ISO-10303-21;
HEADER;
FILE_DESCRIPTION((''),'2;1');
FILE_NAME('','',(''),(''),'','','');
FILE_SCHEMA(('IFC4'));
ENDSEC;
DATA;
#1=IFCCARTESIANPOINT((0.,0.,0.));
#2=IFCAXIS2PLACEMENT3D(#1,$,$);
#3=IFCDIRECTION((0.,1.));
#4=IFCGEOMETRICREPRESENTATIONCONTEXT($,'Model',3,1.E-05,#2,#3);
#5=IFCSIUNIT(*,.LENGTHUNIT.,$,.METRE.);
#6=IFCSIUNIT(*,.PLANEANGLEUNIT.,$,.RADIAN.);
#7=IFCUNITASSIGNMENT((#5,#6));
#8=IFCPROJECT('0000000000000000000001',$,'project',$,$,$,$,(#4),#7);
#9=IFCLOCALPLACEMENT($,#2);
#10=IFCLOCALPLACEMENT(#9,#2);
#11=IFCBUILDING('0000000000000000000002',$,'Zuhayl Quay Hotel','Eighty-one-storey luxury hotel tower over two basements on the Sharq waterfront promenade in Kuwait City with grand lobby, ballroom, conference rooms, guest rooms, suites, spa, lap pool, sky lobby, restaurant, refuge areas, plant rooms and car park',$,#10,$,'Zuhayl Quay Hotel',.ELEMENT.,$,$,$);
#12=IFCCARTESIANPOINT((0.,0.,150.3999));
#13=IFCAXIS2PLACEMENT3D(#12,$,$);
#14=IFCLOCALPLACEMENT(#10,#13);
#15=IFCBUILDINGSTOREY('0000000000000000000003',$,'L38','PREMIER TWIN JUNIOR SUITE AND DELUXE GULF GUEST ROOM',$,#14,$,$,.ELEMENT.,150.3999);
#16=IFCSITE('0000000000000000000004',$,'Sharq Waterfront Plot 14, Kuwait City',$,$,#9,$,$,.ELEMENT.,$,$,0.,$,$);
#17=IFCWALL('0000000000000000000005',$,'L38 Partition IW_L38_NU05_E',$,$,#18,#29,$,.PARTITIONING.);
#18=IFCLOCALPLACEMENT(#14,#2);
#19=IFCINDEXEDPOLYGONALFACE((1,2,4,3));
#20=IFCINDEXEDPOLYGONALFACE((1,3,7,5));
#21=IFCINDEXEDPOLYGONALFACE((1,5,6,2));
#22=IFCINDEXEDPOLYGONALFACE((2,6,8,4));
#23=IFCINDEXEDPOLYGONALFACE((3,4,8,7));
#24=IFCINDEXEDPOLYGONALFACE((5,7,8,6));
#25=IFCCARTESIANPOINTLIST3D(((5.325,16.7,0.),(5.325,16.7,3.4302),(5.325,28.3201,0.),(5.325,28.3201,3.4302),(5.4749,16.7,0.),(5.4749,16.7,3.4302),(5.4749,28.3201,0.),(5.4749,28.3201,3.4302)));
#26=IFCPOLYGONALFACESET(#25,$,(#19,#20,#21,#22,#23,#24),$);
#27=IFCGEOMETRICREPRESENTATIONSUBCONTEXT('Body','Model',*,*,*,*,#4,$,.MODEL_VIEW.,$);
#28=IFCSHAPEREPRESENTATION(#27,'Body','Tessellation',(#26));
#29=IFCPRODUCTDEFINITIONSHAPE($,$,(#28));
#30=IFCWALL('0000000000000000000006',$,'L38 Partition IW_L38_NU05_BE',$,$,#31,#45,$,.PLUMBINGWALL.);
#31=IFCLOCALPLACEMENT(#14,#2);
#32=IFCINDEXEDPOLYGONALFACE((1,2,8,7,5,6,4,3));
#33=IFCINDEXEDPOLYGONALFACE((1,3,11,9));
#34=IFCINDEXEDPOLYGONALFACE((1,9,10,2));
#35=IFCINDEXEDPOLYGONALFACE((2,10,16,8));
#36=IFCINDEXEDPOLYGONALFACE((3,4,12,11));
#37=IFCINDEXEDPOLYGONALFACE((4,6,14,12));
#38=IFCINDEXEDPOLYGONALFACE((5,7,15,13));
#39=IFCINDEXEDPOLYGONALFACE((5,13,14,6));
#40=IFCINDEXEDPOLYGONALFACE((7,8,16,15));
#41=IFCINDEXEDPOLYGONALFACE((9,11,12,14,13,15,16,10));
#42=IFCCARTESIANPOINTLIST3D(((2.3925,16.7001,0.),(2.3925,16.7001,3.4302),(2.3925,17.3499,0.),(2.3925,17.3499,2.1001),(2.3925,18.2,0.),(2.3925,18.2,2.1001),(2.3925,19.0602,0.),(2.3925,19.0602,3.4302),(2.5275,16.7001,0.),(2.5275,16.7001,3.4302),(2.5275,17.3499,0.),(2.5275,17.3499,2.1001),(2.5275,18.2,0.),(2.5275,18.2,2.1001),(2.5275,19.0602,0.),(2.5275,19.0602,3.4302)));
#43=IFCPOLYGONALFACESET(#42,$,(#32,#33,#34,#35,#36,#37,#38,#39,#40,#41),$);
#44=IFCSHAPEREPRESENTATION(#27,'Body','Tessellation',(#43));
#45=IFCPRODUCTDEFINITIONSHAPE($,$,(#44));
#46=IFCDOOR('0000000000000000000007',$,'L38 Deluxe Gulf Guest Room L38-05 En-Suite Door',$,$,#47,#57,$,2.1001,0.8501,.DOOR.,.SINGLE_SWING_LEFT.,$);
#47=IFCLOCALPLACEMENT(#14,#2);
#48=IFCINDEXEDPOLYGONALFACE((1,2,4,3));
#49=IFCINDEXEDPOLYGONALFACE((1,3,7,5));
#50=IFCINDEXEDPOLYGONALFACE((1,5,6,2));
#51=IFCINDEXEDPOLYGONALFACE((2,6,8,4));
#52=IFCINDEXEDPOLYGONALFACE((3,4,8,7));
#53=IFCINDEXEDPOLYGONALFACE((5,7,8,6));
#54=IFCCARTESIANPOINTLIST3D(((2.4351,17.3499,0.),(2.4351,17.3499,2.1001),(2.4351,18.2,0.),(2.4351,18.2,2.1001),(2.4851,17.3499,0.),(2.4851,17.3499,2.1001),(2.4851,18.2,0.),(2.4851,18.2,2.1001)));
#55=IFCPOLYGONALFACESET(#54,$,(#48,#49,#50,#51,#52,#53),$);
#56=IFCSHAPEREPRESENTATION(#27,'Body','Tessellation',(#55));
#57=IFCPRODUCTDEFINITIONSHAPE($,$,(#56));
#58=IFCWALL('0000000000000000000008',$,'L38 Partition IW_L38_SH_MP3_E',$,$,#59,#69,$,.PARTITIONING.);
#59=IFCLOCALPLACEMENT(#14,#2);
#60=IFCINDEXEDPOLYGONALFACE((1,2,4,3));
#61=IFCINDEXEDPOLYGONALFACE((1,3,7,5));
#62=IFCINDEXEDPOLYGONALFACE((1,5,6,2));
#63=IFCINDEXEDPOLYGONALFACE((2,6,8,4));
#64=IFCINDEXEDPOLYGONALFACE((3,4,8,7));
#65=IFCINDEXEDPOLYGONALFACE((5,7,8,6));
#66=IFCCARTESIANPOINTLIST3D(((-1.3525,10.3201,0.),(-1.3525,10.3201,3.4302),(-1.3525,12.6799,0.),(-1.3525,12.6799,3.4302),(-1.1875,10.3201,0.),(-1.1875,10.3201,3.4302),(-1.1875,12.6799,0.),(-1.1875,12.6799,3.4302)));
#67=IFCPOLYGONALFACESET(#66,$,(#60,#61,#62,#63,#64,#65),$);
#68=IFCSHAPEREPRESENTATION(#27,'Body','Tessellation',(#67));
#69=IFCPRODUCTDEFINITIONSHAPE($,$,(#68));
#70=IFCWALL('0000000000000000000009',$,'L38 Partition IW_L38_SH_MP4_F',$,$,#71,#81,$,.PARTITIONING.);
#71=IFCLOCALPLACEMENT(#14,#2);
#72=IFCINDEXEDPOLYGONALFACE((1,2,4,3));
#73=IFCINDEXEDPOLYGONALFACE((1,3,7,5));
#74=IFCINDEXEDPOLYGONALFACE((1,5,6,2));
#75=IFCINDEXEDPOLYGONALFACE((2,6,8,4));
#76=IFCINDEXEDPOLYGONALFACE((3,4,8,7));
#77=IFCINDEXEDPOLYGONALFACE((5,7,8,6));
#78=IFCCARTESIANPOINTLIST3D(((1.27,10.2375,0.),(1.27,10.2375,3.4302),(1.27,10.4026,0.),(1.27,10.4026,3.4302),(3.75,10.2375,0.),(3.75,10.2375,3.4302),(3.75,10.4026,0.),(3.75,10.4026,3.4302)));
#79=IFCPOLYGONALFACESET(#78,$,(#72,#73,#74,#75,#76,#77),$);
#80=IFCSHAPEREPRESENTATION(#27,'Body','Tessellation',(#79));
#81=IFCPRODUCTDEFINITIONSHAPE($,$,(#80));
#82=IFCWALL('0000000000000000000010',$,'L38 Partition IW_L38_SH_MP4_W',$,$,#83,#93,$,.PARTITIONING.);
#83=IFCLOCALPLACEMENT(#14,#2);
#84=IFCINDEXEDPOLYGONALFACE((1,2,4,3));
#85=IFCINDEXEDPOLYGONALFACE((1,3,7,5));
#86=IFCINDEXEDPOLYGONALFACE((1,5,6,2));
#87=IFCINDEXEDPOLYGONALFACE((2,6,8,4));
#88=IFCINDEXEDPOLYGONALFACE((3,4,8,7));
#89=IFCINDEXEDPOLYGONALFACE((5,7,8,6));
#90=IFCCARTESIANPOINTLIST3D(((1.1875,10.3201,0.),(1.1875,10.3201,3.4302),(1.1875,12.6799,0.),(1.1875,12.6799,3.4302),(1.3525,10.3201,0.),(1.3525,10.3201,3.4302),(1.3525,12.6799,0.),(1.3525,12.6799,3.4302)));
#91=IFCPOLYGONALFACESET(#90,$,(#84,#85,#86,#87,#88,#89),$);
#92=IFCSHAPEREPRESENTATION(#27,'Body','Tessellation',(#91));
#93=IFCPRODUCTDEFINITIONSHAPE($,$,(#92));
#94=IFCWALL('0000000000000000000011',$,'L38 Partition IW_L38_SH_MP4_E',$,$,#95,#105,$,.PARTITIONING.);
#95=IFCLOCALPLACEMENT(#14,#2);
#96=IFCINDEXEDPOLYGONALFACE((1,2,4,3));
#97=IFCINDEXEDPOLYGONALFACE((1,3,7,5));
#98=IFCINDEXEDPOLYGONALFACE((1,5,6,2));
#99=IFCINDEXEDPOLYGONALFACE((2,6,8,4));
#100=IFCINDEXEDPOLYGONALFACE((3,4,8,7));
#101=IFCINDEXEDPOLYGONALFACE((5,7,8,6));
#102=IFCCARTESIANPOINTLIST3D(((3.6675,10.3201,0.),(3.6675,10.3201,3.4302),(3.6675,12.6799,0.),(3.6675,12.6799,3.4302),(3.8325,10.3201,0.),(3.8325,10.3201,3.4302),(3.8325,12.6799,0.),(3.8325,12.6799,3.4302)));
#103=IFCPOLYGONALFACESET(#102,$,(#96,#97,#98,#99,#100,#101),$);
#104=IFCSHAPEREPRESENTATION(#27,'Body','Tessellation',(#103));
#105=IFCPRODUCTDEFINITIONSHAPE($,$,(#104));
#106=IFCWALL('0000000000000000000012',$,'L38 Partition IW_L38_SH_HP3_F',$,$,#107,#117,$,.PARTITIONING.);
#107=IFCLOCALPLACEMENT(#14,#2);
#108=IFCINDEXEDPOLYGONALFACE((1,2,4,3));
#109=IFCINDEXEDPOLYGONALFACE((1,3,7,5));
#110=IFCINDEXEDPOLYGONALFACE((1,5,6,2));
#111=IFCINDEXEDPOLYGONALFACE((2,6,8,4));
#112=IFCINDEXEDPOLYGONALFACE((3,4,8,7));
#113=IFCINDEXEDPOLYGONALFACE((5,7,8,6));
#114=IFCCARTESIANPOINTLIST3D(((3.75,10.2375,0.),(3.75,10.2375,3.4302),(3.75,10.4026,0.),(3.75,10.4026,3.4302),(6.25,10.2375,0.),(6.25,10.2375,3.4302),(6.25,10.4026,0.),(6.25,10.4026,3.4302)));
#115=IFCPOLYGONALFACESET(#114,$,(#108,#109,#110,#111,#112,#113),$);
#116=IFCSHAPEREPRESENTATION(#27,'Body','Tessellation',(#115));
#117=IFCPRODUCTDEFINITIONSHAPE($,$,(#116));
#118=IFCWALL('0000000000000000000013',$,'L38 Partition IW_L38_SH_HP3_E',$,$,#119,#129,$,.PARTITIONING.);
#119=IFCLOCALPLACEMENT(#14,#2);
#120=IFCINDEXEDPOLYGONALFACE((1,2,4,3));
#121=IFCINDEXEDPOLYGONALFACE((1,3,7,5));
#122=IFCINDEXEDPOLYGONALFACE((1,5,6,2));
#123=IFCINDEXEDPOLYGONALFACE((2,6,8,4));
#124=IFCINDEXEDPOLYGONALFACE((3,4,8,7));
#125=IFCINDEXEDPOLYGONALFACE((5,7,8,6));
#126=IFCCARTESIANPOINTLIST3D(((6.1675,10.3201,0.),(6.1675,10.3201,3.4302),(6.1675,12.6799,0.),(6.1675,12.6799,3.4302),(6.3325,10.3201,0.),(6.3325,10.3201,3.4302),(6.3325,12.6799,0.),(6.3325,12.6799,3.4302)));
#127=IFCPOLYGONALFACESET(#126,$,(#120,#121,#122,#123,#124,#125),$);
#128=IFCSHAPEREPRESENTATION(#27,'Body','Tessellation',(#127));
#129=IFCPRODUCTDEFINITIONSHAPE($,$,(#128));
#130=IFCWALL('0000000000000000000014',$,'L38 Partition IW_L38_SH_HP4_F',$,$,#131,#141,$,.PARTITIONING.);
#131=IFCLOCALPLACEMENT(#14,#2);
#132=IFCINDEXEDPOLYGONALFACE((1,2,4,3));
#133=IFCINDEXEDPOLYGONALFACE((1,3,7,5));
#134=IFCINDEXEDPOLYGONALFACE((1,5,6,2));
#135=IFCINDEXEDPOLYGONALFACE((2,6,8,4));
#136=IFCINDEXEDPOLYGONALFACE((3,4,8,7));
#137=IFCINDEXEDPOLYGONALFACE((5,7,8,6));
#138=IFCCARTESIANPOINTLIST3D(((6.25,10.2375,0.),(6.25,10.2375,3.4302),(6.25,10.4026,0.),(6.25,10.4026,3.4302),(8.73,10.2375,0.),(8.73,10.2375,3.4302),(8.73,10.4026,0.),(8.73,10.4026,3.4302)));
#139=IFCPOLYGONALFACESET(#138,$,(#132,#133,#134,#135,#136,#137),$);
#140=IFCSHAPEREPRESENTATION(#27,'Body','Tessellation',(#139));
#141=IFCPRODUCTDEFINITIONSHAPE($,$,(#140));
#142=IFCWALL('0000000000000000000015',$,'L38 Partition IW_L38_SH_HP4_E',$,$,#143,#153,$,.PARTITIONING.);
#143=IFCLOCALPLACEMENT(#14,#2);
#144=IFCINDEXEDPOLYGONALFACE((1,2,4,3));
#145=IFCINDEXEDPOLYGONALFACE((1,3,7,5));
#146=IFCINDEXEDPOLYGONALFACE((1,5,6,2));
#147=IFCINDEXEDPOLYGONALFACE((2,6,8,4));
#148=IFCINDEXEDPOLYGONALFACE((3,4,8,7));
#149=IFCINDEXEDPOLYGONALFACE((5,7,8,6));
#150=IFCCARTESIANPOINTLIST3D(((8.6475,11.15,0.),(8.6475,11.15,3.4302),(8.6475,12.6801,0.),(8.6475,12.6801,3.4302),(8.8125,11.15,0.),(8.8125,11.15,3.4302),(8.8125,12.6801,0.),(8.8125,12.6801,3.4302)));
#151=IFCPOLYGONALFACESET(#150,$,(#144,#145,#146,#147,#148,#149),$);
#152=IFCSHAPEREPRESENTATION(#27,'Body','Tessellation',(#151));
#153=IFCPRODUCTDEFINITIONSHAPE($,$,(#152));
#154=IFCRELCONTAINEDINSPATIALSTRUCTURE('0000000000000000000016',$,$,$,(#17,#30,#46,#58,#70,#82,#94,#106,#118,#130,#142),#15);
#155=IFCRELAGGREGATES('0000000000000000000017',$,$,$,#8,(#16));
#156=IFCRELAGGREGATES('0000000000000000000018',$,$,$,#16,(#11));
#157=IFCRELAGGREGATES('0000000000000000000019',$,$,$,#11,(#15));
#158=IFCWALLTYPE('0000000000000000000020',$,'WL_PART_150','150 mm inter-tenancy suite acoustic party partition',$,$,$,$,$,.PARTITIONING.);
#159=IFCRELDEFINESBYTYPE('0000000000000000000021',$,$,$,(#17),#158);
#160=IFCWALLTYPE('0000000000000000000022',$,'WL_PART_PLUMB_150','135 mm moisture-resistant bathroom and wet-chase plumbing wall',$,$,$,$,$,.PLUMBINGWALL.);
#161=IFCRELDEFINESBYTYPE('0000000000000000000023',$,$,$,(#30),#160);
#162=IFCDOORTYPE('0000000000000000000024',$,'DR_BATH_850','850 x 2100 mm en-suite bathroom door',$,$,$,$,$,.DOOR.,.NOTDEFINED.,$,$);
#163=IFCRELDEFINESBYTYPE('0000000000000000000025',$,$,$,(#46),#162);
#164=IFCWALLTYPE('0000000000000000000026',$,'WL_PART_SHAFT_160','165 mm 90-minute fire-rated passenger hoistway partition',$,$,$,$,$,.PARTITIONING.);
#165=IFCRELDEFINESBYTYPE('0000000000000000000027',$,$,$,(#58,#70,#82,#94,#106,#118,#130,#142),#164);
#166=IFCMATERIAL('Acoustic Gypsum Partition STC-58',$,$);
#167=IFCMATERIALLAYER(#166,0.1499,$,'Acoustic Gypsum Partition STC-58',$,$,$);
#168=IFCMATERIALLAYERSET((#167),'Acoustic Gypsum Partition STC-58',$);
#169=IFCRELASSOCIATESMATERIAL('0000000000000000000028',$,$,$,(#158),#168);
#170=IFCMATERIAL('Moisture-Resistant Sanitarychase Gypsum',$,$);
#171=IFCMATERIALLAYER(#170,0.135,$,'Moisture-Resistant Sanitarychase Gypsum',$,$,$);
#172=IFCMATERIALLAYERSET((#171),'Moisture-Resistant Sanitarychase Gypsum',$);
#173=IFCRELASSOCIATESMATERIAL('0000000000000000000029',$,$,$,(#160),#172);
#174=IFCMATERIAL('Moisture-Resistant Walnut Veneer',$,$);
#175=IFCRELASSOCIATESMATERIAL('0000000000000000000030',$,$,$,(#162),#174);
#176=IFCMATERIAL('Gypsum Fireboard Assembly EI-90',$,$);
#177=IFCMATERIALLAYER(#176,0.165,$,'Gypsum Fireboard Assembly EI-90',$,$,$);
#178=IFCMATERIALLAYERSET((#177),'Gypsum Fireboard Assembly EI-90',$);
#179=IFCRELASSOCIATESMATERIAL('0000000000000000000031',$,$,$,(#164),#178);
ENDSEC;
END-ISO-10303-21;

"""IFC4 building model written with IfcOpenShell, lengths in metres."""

from ifc_helpers import new_model, si_unit, direction, frame, frame_2d, origin, place, context, subcontext, project, spatial, rectangle, extrude, material, layer, layer_set, type_object, element, fill, save


model = new_model("IFC4")

# Units and contexts
model_context = context("Model", 3, precision=1e-05, world=origin(), true_north=direction((0.0, 1.0)))
body_context = subcontext(model_context, "Body", "Model", "MODEL_VIEW")
ifc_project = project(units=[si_unit("LENGTHUNIT", "METRE"), si_unit("PLANEANGLEUNIT", "RADIAN")], contexts=[model_context])

# Site, building, storey
site_placement = place(None, origin())
site = spatial("IfcSite", under=ifc_project, at=site_placement, Name="Sharq Waterfront Plot 14, Kuwait City", CompositionType="ELEMENT", RefElevation=0.0)
building_placement = place(site_placement, origin())
building = spatial("IfcBuilding", under=site, at=building_placement, Name="Zuhayl Quay Hotel", Description="Eighty-one-storey luxury hotel tower over two basements on the Sharq waterfront promenade in Kuwait City with grand lobby, ballroom, conference rooms, guest rooms, suites, spa, lap pool, sky lobby, restaurant, refuge areas, plant rooms and car park", LongName="Zuhayl Quay Hotel", CompositionType="ELEMENT")
storey_placement = place(building_placement, frame((0.0, 0.0, 150.3999)))
storey = spatial("IfcBuildingStorey", under=building, at=storey_placement, Name="L38", Description="PREMIER TWIN JUNIOR SUITE AND DELUXE GULF GUEST ROOM", CompositionType="ELEMENT", Elevation=150.3999)

# Shared definitions
ifc_material_1 = material(Name="Acoustic Gypsum Partition STC-58")
ifc_layer_1 = layer(ifc_material_1, 0.1499, Name="Acoustic Gypsum Partition STC-58")
ifc_layer_set_1 = layer_set([ifc_layer_1], Name="Acoustic Gypsum Partition STC-58")
wall_type_1 = type_object("IfcWallType", Name="WL_PART_150", Description="150 mm inter-tenancy suite acoustic party partition", PredefinedType="PARTITIONING", material=ifc_layer_set_1)

# Wall
for number, where, z_axis, x_axis, name in (
    (1, (5.3999, 16.7, 0.0), (0.0, 0.0, 1.0), (0.0, 1.0, 0.0), "L38 Partition IW_L38_NU05_E"),
):
    element("IfcWall", number, at=place(storey_placement, frame(where, z_axis=z_axis, x_axis=x_axis)), inside=storey, type_object=wall_type_1, Name=name, PredefinedType="PARTITIONING", context=body_context, shape_type="SweptSolid", body=[
        extrude(rectangle(XDim=11.6201, YDim=0.1499, at=frame_2d((5.8101, 0.0))), origin(), (0.0, 0.0, 1.0), 3.4302),
    ])

# Wall, opening, door
ifc_material_2 = material(Name="Moisture-Resistant Sanitarychase Gypsum")
ifc_layer_2 = layer(ifc_material_2, 0.135, Name="Moisture-Resistant Sanitarychase Gypsum")
ifc_layer_set_2 = layer_set([ifc_layer_2], Name="Moisture-Resistant Sanitarychase Gypsum")
wall_type_2 = type_object("IfcWallType", Name="WL_PART_PLUMB_150", Description="135 mm moisture-resistant bathroom and wet-chase plumbing wall", PredefinedType="PLUMBINGWALL", material=ifc_layer_set_2)
wall_1_placement = place(storey_placement, frame((2.46, 16.7, 0.0), z_axis=(0.0, 0.0, 1.0), x_axis=(0.0, 1.0, 0.0)))
wall_1 = element("IfcWall", 2, at=wall_1_placement, inside=storey, type_object=wall_type_2, Name="L38 Partition IW_L38_NU05_BE", PredefinedType="PLUMBINGWALL", context=body_context, shape_type="SweptSolid", body=[
    extrude(rectangle(XDim=2.3601, YDim=0.135, at=frame_2d((1.1802, 0.0))), origin(), (0.0, 0.0, 1.0), 3.4302),
])
opening_1_placement = place(wall_1_placement, frame((0.6499, 0.0, 0.0)))
opening_1 = element("IfcOpeningElement", 3, at=opening_1_placement, cuts=wall_1, PredefinedType="OPENING", context=body_context, shape_type="SweptSolid", body=[
    extrude(rectangle(XDim=0.8501, YDim=2.1001, at=frame_2d((0.425, 1.05))), frame((0.0, 0.0774, 0.0), z_axis=(0.0, -1.0, 0.0), x_axis=(1.0, 0.0, 0.0)), (0.0, 0.0, 1.0), 0.155),
])
ifc_material_3 = material(Name="Moisture-Resistant Walnut Veneer")
door_type_1 = type_object("IfcDoorType", Name="DR_BATH_850", Description="850 x 2100 mm en-suite bathroom door", OperationType="NOTDEFINED", PredefinedType="DOOR", material=ifc_material_3)
door_1_placement = place(opening_1_placement, origin())
door_1 = element("IfcDoor", 4, at=door_1_placement, inside=storey, type_object=door_type_1, Name="L38 Deluxe Gulf Guest Room L38-05 En-Suite Door", OperationType="SINGLE_SWING_LEFT", OverallHeight=2.1001, OverallWidth=0.8501, PredefinedType="DOOR", context=body_context, shape_type="SweptSolid", body=[
    extrude(rectangle(XDim=0.8501, YDim=2.1001, at=frame_2d((0.425, 1.05))), frame((0.0, 0.0249, 0.0), z_axis=(0.0, -1.0, 0.0), x_axis=(1.0, 0.0, 0.0)), (0.0, 0.0, 1.0), 0.05),
])
fill(opening_1, door_1)

# Walls
ifc_material_4 = material(Name="Gypsum Fireboard Assembly EI-90")
ifc_layer_3 = layer(ifc_material_4, 0.165, Name="Gypsum Fireboard Assembly EI-90")
ifc_layer_set_3 = layer_set([ifc_layer_3], Name="Gypsum Fireboard Assembly EI-90")
wall_type_3 = type_object("IfcWallType", Name="WL_PART_SHAFT_160", Description="165 mm 90-minute fire-rated passenger hoistway partition", PredefinedType="PARTITIONING", material=ifc_layer_set_3)
wall_2_placement = place(storey_placement, frame((-1.27, 10.3201, 0.0), z_axis=(0.0, 0.0, 1.0), x_axis=(0.0, 1.0, 0.0)))
element("IfcWall", 5, at=wall_2_placement, inside=storey, type_object=wall_type_3, Name="L38 Partition IW_L38_SH_MP3_E", PredefinedType="PARTITIONING", context=body_context, shape_type="SweptSolid", body=[
    extrude(rectangle(XDim=2.3599, YDim=0.165, at=frame_2d((1.1799, 0.0))), origin(), (0.0, 0.0, 1.0), 3.4302),
])
wall_3_placement = place(storey_placement, frame((1.27, 10.3201, 0.0), z_axis=(0.0, 0.0, 1.0), x_axis=(1.0, 0.0, 0.0)))
element("IfcWall", 6, at=wall_3_placement, inside=storey, type_object=wall_type_3, Name="L38 Partition IW_L38_SH_MP4_F", PredefinedType="PARTITIONING", context=body_context, shape_type="SweptSolid", body=[
    extrude(rectangle(XDim=2.48, YDim=0.165, at=frame_2d((1.24, 0.0))), origin(), (0.0, 0.0, 1.0), 3.4302),
])
for number, where, z_axis, x_axis, name in (
    (7, (1.27, 10.3201, 0.0), (0.0, 0.0, 1.0), (0.0, 1.0, 0.0), "L38 Partition IW_L38_SH_MP4_W"),
    (8, (3.75, 10.3201, 0.0), (0.0, 0.0, 1.0), (0.0, 1.0, 0.0), "L38 Partition IW_L38_SH_MP4_E"),
):
    element("IfcWall", number, at=place(storey_placement, frame(where, z_axis=z_axis, x_axis=x_axis)), inside=storey, type_object=wall_type_3, Name=name, PredefinedType="PARTITIONING", context=body_context, shape_type="SweptSolid", body=[
        extrude(rectangle(XDim=2.3599, YDim=0.165, at=frame_2d((1.1799, 0.0))), origin(), (0.0, 0.0, 1.0), 3.4302),
    ])
wall_4_placement = place(storey_placement, frame((3.75, 10.3201, 0.0), z_axis=(0.0, 0.0, 1.0), x_axis=(1.0, 0.0, 0.0)))
element("IfcWall", 9, at=wall_4_placement, inside=storey, type_object=wall_type_3, Name="L38 Partition IW_L38_SH_HP3_F", PredefinedType="PARTITIONING", context=body_context, shape_type="SweptSolid", body=[
    extrude(rectangle(XDim=2.5, YDim=0.165, at=frame_2d((1.25, 0.0))), origin(), (0.0, 0.0, 1.0), 3.4302),
])
wall_5_placement = place(storey_placement, frame((6.25, 10.3201, 0.0), z_axis=(0.0, 0.0, 1.0), x_axis=(0.0, 1.0, 0.0)))
element("IfcWall", 10, at=wall_5_placement, inside=storey, type_object=wall_type_3, Name="L38 Partition IW_L38_SH_HP3_E", PredefinedType="PARTITIONING", context=body_context, shape_type="SweptSolid", body=[
    extrude(rectangle(XDim=2.3599, YDim=0.165, at=frame_2d((1.1799, 0.0))), origin(), (0.0, 0.0, 1.0), 3.4302),
])
wall_6_placement = place(storey_placement, frame((6.25, 10.3201, 0.0), z_axis=(0.0, 0.0, 1.0), x_axis=(1.0, 0.0, 0.0)))
element("IfcWall", 11, at=wall_6_placement, inside=storey, type_object=wall_type_3, Name="L38 Partition IW_L38_SH_HP4_F", PredefinedType="PARTITIONING", context=body_context, shape_type="SweptSolid", body=[
    extrude(rectangle(XDim=2.48, YDim=0.165, at=frame_2d((1.24, 0.0))), origin(), (0.0, 0.0, 1.0), 3.4302),
])
wall_7_placement = place(storey_placement, frame((8.73, 11.1499, 0.0), z_axis=(0.0, 0.0, 1.0), x_axis=(0.0, 1.0, 0.0)))
element("IfcWall", 12, at=wall_7_placement, inside=storey, type_object=wall_type_3, Name="L38 Partition IW_L38_SH_HP4_E", PredefinedType="PARTITIONING", context=body_context, shape_type="SweptSolid", body=[
    extrude(rectangle(XDim=1.53, YDim=0.165, at=frame_2d((0.7651, 0.0))), origin(), (0.0, 0.0, 1.0), 3.4302),
])

save(model, "model.ifc")
